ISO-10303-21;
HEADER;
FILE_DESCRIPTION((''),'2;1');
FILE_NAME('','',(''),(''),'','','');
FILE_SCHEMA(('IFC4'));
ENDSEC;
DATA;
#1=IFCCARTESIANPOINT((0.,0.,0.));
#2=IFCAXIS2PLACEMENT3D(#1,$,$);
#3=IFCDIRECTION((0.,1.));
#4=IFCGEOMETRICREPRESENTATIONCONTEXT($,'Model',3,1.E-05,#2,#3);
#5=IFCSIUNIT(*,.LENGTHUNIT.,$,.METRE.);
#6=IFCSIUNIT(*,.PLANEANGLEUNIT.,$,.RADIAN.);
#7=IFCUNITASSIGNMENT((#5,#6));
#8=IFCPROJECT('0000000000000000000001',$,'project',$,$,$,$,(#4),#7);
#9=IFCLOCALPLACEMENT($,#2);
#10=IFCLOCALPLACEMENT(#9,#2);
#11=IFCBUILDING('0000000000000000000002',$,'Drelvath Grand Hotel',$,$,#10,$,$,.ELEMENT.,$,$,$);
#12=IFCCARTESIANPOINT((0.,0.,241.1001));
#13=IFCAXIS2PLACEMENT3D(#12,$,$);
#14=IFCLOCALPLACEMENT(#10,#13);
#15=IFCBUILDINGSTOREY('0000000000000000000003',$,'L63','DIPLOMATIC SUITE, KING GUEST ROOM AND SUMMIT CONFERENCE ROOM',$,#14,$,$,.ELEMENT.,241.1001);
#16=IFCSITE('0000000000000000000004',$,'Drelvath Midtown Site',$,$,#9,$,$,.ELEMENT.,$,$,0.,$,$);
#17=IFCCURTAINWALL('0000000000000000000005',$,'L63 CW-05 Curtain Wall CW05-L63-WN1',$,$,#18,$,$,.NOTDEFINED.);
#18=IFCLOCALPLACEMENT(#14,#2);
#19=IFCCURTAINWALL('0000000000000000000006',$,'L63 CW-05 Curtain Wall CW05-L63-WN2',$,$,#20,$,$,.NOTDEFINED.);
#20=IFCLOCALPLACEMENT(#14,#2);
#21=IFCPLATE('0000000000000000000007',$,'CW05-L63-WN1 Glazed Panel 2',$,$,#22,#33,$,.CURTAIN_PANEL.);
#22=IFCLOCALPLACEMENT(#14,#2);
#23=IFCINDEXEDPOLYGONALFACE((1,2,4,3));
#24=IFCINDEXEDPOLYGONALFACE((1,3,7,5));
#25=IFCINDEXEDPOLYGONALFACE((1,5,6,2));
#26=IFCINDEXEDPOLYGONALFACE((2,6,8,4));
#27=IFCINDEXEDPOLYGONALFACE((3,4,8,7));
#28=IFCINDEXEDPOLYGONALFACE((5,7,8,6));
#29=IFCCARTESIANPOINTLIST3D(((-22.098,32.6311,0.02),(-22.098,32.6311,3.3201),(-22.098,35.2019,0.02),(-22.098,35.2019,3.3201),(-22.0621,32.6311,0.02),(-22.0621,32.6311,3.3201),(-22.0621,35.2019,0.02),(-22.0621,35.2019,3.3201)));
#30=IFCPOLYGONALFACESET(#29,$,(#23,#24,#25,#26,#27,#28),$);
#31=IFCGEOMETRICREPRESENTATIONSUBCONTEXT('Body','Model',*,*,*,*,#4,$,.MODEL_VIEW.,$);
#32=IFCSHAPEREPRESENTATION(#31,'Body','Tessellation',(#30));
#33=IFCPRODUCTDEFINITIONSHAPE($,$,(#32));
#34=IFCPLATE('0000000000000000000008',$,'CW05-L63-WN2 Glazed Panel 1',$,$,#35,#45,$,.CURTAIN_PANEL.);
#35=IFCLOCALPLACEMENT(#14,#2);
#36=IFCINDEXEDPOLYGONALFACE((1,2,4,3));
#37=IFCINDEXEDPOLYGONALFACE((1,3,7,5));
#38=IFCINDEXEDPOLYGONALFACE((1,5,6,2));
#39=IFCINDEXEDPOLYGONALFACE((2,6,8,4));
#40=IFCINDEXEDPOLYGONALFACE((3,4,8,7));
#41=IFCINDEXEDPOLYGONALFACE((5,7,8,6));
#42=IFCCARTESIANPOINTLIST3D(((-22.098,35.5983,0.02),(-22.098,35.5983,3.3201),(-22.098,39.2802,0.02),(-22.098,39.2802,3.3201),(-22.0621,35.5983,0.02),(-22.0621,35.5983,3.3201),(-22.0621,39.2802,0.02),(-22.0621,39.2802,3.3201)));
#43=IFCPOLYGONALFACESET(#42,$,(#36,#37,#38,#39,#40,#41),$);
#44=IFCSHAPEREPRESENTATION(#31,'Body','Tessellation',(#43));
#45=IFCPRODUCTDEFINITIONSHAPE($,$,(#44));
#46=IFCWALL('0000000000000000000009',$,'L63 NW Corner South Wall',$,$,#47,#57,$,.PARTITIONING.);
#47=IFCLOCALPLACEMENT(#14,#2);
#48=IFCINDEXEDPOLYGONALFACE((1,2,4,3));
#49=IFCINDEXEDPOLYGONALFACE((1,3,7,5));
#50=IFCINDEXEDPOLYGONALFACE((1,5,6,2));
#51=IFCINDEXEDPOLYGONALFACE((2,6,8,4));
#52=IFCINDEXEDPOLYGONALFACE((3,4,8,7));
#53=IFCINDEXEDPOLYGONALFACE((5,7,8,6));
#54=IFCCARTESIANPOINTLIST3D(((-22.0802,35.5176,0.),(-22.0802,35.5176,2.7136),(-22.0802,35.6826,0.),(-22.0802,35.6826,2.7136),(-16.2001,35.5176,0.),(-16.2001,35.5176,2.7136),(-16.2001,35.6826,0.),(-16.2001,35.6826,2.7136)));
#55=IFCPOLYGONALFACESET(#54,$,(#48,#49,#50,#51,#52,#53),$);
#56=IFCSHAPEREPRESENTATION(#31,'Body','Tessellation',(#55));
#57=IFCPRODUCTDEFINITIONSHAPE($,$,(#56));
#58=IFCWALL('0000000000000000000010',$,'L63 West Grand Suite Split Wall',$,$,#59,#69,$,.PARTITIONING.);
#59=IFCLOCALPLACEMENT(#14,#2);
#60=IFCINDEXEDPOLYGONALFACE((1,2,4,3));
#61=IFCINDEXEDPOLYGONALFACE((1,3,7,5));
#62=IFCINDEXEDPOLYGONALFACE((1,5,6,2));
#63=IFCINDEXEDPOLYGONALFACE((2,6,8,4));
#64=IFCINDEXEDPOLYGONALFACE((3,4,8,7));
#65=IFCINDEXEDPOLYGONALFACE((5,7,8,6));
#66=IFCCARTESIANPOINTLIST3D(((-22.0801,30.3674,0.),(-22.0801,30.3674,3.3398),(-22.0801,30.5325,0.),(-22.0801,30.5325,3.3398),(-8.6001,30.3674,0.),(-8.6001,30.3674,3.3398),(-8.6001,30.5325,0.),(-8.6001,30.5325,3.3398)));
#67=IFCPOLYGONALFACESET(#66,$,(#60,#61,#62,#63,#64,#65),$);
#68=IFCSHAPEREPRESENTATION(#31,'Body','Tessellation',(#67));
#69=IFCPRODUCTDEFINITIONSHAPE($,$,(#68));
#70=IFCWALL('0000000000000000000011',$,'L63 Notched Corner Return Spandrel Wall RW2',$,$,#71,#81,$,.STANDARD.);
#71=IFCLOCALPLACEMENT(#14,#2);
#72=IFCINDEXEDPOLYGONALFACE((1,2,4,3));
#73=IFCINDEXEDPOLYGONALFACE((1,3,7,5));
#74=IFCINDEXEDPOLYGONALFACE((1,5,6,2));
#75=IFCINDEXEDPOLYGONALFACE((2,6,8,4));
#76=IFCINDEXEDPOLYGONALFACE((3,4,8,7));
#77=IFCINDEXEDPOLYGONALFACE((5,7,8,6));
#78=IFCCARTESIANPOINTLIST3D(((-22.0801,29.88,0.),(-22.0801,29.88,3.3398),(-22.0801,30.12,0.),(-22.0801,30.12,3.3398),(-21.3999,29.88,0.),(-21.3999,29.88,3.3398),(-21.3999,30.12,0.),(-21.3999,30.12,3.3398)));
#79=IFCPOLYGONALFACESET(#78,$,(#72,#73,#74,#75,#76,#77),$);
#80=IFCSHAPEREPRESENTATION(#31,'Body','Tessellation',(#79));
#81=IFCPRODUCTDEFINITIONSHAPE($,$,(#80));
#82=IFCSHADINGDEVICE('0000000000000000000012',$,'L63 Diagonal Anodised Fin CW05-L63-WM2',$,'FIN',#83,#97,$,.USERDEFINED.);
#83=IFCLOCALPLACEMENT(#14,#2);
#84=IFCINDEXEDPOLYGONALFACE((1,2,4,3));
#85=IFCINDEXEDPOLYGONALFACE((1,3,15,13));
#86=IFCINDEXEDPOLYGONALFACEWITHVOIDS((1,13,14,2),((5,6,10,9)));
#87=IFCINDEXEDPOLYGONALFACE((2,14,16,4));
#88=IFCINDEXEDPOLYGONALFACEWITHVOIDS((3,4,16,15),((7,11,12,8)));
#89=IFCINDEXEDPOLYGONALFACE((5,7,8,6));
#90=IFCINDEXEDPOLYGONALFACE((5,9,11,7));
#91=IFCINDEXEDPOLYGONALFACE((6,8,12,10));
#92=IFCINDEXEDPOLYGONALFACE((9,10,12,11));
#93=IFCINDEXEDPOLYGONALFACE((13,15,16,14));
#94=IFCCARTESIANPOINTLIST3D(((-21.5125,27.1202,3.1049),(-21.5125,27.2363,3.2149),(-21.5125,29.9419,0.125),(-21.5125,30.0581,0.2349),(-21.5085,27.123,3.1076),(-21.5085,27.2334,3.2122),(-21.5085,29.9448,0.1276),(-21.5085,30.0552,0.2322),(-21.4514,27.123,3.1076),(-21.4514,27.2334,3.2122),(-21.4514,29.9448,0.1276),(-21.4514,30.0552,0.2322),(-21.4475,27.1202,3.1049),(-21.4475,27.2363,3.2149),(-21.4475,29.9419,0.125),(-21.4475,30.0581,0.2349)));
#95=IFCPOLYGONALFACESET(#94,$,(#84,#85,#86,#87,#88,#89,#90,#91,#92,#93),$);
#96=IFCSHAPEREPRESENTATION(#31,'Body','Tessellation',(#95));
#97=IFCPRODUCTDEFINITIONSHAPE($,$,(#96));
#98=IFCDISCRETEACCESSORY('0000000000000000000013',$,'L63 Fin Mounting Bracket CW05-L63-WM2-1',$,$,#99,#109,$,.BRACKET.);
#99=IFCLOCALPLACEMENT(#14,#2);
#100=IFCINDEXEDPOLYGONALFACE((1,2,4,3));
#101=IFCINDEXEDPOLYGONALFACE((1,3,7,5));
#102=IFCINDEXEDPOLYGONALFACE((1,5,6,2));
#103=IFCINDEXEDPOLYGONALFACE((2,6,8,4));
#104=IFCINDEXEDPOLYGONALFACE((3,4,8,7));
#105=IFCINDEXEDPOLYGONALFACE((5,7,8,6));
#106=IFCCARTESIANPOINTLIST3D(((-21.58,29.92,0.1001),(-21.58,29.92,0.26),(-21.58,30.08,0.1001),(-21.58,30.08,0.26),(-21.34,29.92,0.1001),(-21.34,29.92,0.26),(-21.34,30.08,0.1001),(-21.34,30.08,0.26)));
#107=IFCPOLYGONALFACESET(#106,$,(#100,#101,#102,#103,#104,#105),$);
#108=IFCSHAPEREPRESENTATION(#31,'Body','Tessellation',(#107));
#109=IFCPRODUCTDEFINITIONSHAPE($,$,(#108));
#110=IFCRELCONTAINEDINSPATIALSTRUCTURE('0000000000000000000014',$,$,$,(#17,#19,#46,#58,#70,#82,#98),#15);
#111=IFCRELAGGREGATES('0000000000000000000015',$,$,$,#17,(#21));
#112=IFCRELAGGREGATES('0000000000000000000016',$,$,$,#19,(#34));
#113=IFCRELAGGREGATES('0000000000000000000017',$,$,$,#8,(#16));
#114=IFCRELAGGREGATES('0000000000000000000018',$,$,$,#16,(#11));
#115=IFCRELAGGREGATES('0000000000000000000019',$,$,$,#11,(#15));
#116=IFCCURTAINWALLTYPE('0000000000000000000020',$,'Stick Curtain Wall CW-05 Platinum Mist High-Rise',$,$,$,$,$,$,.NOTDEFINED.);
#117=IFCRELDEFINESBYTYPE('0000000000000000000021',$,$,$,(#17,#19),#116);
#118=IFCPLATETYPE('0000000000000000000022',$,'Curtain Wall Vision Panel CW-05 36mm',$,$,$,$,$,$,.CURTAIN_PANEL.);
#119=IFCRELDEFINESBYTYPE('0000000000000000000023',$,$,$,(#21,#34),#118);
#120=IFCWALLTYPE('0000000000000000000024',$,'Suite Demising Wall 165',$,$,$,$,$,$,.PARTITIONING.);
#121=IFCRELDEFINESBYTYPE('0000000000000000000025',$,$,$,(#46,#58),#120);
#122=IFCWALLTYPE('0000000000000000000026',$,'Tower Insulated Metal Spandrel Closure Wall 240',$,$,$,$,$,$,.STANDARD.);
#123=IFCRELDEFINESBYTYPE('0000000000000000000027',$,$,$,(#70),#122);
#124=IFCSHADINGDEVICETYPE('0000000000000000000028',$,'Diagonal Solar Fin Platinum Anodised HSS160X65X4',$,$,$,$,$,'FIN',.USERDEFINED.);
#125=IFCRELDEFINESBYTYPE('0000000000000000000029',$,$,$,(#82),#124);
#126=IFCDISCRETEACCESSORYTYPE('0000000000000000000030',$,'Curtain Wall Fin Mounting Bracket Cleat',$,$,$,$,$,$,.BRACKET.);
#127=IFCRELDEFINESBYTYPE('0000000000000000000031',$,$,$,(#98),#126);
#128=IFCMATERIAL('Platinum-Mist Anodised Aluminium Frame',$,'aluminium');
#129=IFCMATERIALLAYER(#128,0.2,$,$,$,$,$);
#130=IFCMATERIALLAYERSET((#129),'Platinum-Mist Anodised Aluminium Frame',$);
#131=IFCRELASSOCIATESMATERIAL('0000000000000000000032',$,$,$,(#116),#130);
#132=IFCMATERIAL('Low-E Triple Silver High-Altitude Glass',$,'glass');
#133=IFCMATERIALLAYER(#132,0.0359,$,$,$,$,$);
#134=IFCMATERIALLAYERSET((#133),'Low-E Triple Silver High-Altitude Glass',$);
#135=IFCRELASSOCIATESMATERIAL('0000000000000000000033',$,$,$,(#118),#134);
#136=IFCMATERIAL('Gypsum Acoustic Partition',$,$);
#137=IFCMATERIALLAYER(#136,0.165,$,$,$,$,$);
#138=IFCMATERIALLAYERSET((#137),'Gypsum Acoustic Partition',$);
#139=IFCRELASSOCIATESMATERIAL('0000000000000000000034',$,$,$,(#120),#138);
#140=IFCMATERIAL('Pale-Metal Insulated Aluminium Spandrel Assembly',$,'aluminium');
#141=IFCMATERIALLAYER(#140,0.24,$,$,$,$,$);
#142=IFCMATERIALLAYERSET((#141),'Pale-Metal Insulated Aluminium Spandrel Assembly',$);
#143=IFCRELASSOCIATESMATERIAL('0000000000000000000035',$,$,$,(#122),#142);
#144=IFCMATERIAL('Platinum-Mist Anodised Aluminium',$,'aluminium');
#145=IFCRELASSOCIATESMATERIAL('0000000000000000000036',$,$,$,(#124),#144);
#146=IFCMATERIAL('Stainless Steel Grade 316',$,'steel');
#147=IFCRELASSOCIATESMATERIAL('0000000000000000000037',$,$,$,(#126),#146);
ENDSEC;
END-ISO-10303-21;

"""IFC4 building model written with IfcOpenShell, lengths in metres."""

from ifc_helpers import new_model, si_unit, direction, frame, frame_2d, origin, origin_2d, place, context, subcontext, project, spatial, rectangle, hollow_rectangle, extrude, material, layer, layer_set, material_profile, profile_set, type_object, element, aggregate, save


model = new_model("IFC4")

# Units and contexts
model_context = context("Model", 3, precision=1e-05, world=origin(), true_north=direction((0.0, 1.0)))
body_context = subcontext(model_context, "Body", "Model", "MODEL_VIEW")
ifc_project = project(units=[si_unit("LENGTHUNIT", "METRE"), si_unit("PLANEANGLEUNIT", "RADIAN")], contexts=[model_context])

# Site, building, storey
site_placement = place(None, origin())
site = spatial("IfcSite", under=ifc_project, at=site_placement, Name="Drelvath Midtown Site", CompositionType="ELEMENT", RefElevation=0.0)
building_placement = place(site_placement, origin())
building = spatial("IfcBuilding", under=site, at=building_placement, Name="Drelvath Grand Hotel", CompositionType="ELEMENT")
storey_placement = place(building_placement, frame((0.0, 0.0, 241.1001)))
storey = spatial("IfcBuildingStorey", under=building, at=storey_placement, Name="L63", Description="DIPLOMATIC SUITE, KING GUEST ROOM AND SUMMIT CONFERENCE ROOM", CompositionType="ELEMENT", Elevation=241.1001)

# Curtain walls
ifc_material_1 = material(Name="Platinum-Mist Anodised Aluminium Frame", Category="aluminium")
ifc_layer_1 = layer(ifc_material_1, 0.2)
ifc_layer_set_1 = layer_set([ifc_layer_1], Name="Platinum-Mist Anodised Aluminium Frame")
curtain_wall_type = type_object("IfcCurtainWallType", Name="Stick Curtain Wall CW-05 Platinum Mist High-Rise", PredefinedType="NOTDEFINED", material=ifc_layer_set_1)
curtain_wall_1_placement = place(storey_placement, origin())
curtain_wall_1 = element("IfcCurtainWall", 1, at=curtain_wall_1_placement, inside=storey, type_object=curtain_wall_type, Name="L63 CW-05 Curtain Wall CW05-L63-WN1", PredefinedType="NOTDEFINED")
curtain_wall_2_placement = place(storey_placement, origin())
curtain_wall_2 = element("IfcCurtainWall", 2, at=curtain_wall_2_placement, inside=storey, type_object=curtain_wall_type, Name="L63 CW-05 Curtain Wall CW05-L63-WN2", PredefinedType="NOTDEFINED")

# Plates
ifc_material_2 = material(Name="Low-E Triple Silver High-Altitude Glass", Category="glass")
ifc_layer_2 = layer(ifc_material_2, 0.0359)
ifc_layer_set_2 = layer_set([ifc_layer_2], Name="Low-E Triple Silver High-Altitude Glass")
plate_type = type_object("IfcPlateType", Name="Curtain Wall Vision Panel CW-05 36mm", PredefinedType="CURTAIN_PANEL", material=ifc_layer_set_2)
plate_1_placement = place(storey_placement, frame((-22.0801, 33.9165, 0.02), z_axis=(0.0, 0.0, 1.0), x_axis=(0.0, 1.0, 0.0)))
plate_1 = element("IfcPlate", 3, at=plate_1_placement, type_object=plate_type, Name="CW05-L63-WN1 Glazed Panel 2", PredefinedType="CURTAIN_PANEL", context=body_context, shape_type="SweptSolid", body=[
    extrude(rectangle(XDim=2.5708, YDim=0.0359, at=origin_2d()), origin(), (0.0, 0.0, 1.0), 3.3),
])
aggregate(curtain_wall_1, [plate_1])
plate_2_placement = place(storey_placement, frame((-22.0801, 37.4392, 0.02), z_axis=(0.0, 0.0, 1.0), x_axis=(0.0, 1.0, 0.0)))
plate_2 = element("IfcPlate", 4, at=plate_2_placement, type_object=plate_type, Name="CW05-L63-WN2 Glazed Panel 1", PredefinedType="CURTAIN_PANEL", context=body_context, shape_type="SweptSolid", body=[
    extrude(rectangle(XDim=3.6819, YDim=0.0359, at=origin_2d()), origin(), (0.0, 0.0, 1.0), 3.3),
])
aggregate(curtain_wall_2, [plate_2])

# Walls
ifc_material_3 = material(Name="Gypsum Acoustic Partition")
ifc_layer_3 = layer(ifc_material_3, 0.165)
ifc_layer_set_3 = layer_set([ifc_layer_3], Name="Gypsum Acoustic Partition")
wall_type_1 = type_object("IfcWallType", Name="Suite Demising Wall 165", PredefinedType="PARTITIONING", material=ifc_layer_set_3)
wall_1_placement = place(storey_placement, frame((-22.0801, 35.6001, 0.0), z_axis=(0.0, 0.0, 1.0), x_axis=(1.0, 0.0, 0.0)))
element("IfcWall", 5, at=wall_1_placement, inside=storey, type_object=wall_type_1, Name="L63 NW Corner South Wall", PredefinedType="PARTITIONING", context=body_context, shape_type="SweptSolid", body=[
    extrude(rectangle(XDim=5.8801, YDim=0.165, at=frame_2d((2.9399, 0.0))), origin(), (0.0, 0.0, 1.0), 2.7136),
])
wall_2_placement = place(storey_placement, frame((-22.0801, 30.45, 0.0), z_axis=(0.0, 0.0, 1.0), x_axis=(1.0, 0.0, 0.0)))
element("IfcWall", 6, at=wall_2_placement, inside=storey, type_object=wall_type_1, Name="L63 West Grand Suite Split Wall", PredefinedType="PARTITIONING", context=body_context, shape_type="SweptSolid", body=[
    extrude(rectangle(XDim=13.48, YDim=0.165, at=frame_2d((6.74, 0.0))), origin(), (0.0, 0.0, 1.0), 3.3398),
])
ifc_material_4 = material(Name="Pale-Metal Insulated Aluminium Spandrel Assembly", Category="aluminium")
ifc_layer_4 = layer(ifc_material_4, 0.24)
ifc_layer_set_4 = layer_set([ifc_layer_4], Name="Pale-Metal Insulated Aluminium Spandrel Assembly")
wall_type_2 = type_object("IfcWallType", Name="Tower Insulated Metal Spandrel Closure Wall 240", PredefinedType="STANDARD", material=ifc_layer_set_4)
wall_3_placement = place(storey_placement, frame((-21.3999, 30.0, 0.0), z_axis=(0.0, 0.0, 1.0), x_axis=(-1.0, 0.0, 0.0)))
element("IfcWall", 7, at=wall_3_placement, inside=storey, type_object=wall_type_2, Name="L63 Notched Corner Return Spandrel Wall RW2", PredefinedType="STANDARD", context=body_context, shape_type="SweptSolid", body=[
    extrude(rectangle(XDim=0.6802, YDim=0.24, at=frame_2d((0.3401, 0.0))), origin(), (0.0, 0.0, 1.0), 3.3398),
])

# Shading device
ifc_material_5 = material(Name="Platinum-Mist Anodised Aluminium", Category="aluminium")
ifc_material_profile_1 = material_profile(ifc_material_5, hollow_rectangle(XDim=0.0649, YDim=0.1599, WallThickness=0.0039, at=origin_2d()), Name="HSS160X65X4")
ifc_profile_set_1 = profile_set([ifc_material_profile_1], Name="Platinum-Mist Anodised Aluminium")
shading_device_type = type_object("IfcShadingDeviceType", Name="Diagonal Solar Fin Platinum Anodised HSS160X65X4", ElementType="FIN", PredefinedType="USERDEFINED", material=ifc_profile_set_1)
shading_device_placement = place(storey_placement, frame((-21.48, 30.0, 0.1799), z_axis=(0.0, -0.68757, 0.726118), x_axis=(1.0, 0.0, 0.0)))
element("IfcShadingDevice", 8, at=shading_device_placement, inside=storey, type_object=shading_device_type, Name="L63 Diagonal Anodised Fin CW05-L63-WM2", ObjectType="FIN", PredefinedType="USERDEFINED", context=body_context, shape_type="SweptSolid", body=[
    extrude(hollow_rectangle(XDim=0.0649, YDim=0.1599, WallThickness=0.0039, at=origin_2d()), origin(), (0.0, 0.0, 1.0), 4.104),
])

# Discrete accessory
ifc_material_6 = material(Name="Stainless Steel Grade 316", Category="steel")
discrete_accessory_type = type_object("IfcDiscreteAccessoryType", Name="Curtain Wall Fin Mounting Bracket Cleat", PredefinedType="BRACKET", material=ifc_material_6)
discrete_accessory_placement = place(storey_placement, frame((-21.46, 30.0, 0.1001), z_axis=(0.0, 0.0, 1.0), x_axis=(0.0, 1.0, 0.0)))
element("IfcDiscreteAccessory", 9, at=discrete_accessory_placement, inside=storey, type_object=discrete_accessory_type, Name="L63 Fin Mounting Bracket CW05-L63-WM2-1", PredefinedType="BRACKET", context=body_context, shape_type="SweptSolid", body=[
    extrude(rectangle(XDim=0.1599, YDim=0.24, at=origin_2d()), origin(), (0.0, 0.0, 1.0), 0.1599),
])

save(model, "model.ifc")
